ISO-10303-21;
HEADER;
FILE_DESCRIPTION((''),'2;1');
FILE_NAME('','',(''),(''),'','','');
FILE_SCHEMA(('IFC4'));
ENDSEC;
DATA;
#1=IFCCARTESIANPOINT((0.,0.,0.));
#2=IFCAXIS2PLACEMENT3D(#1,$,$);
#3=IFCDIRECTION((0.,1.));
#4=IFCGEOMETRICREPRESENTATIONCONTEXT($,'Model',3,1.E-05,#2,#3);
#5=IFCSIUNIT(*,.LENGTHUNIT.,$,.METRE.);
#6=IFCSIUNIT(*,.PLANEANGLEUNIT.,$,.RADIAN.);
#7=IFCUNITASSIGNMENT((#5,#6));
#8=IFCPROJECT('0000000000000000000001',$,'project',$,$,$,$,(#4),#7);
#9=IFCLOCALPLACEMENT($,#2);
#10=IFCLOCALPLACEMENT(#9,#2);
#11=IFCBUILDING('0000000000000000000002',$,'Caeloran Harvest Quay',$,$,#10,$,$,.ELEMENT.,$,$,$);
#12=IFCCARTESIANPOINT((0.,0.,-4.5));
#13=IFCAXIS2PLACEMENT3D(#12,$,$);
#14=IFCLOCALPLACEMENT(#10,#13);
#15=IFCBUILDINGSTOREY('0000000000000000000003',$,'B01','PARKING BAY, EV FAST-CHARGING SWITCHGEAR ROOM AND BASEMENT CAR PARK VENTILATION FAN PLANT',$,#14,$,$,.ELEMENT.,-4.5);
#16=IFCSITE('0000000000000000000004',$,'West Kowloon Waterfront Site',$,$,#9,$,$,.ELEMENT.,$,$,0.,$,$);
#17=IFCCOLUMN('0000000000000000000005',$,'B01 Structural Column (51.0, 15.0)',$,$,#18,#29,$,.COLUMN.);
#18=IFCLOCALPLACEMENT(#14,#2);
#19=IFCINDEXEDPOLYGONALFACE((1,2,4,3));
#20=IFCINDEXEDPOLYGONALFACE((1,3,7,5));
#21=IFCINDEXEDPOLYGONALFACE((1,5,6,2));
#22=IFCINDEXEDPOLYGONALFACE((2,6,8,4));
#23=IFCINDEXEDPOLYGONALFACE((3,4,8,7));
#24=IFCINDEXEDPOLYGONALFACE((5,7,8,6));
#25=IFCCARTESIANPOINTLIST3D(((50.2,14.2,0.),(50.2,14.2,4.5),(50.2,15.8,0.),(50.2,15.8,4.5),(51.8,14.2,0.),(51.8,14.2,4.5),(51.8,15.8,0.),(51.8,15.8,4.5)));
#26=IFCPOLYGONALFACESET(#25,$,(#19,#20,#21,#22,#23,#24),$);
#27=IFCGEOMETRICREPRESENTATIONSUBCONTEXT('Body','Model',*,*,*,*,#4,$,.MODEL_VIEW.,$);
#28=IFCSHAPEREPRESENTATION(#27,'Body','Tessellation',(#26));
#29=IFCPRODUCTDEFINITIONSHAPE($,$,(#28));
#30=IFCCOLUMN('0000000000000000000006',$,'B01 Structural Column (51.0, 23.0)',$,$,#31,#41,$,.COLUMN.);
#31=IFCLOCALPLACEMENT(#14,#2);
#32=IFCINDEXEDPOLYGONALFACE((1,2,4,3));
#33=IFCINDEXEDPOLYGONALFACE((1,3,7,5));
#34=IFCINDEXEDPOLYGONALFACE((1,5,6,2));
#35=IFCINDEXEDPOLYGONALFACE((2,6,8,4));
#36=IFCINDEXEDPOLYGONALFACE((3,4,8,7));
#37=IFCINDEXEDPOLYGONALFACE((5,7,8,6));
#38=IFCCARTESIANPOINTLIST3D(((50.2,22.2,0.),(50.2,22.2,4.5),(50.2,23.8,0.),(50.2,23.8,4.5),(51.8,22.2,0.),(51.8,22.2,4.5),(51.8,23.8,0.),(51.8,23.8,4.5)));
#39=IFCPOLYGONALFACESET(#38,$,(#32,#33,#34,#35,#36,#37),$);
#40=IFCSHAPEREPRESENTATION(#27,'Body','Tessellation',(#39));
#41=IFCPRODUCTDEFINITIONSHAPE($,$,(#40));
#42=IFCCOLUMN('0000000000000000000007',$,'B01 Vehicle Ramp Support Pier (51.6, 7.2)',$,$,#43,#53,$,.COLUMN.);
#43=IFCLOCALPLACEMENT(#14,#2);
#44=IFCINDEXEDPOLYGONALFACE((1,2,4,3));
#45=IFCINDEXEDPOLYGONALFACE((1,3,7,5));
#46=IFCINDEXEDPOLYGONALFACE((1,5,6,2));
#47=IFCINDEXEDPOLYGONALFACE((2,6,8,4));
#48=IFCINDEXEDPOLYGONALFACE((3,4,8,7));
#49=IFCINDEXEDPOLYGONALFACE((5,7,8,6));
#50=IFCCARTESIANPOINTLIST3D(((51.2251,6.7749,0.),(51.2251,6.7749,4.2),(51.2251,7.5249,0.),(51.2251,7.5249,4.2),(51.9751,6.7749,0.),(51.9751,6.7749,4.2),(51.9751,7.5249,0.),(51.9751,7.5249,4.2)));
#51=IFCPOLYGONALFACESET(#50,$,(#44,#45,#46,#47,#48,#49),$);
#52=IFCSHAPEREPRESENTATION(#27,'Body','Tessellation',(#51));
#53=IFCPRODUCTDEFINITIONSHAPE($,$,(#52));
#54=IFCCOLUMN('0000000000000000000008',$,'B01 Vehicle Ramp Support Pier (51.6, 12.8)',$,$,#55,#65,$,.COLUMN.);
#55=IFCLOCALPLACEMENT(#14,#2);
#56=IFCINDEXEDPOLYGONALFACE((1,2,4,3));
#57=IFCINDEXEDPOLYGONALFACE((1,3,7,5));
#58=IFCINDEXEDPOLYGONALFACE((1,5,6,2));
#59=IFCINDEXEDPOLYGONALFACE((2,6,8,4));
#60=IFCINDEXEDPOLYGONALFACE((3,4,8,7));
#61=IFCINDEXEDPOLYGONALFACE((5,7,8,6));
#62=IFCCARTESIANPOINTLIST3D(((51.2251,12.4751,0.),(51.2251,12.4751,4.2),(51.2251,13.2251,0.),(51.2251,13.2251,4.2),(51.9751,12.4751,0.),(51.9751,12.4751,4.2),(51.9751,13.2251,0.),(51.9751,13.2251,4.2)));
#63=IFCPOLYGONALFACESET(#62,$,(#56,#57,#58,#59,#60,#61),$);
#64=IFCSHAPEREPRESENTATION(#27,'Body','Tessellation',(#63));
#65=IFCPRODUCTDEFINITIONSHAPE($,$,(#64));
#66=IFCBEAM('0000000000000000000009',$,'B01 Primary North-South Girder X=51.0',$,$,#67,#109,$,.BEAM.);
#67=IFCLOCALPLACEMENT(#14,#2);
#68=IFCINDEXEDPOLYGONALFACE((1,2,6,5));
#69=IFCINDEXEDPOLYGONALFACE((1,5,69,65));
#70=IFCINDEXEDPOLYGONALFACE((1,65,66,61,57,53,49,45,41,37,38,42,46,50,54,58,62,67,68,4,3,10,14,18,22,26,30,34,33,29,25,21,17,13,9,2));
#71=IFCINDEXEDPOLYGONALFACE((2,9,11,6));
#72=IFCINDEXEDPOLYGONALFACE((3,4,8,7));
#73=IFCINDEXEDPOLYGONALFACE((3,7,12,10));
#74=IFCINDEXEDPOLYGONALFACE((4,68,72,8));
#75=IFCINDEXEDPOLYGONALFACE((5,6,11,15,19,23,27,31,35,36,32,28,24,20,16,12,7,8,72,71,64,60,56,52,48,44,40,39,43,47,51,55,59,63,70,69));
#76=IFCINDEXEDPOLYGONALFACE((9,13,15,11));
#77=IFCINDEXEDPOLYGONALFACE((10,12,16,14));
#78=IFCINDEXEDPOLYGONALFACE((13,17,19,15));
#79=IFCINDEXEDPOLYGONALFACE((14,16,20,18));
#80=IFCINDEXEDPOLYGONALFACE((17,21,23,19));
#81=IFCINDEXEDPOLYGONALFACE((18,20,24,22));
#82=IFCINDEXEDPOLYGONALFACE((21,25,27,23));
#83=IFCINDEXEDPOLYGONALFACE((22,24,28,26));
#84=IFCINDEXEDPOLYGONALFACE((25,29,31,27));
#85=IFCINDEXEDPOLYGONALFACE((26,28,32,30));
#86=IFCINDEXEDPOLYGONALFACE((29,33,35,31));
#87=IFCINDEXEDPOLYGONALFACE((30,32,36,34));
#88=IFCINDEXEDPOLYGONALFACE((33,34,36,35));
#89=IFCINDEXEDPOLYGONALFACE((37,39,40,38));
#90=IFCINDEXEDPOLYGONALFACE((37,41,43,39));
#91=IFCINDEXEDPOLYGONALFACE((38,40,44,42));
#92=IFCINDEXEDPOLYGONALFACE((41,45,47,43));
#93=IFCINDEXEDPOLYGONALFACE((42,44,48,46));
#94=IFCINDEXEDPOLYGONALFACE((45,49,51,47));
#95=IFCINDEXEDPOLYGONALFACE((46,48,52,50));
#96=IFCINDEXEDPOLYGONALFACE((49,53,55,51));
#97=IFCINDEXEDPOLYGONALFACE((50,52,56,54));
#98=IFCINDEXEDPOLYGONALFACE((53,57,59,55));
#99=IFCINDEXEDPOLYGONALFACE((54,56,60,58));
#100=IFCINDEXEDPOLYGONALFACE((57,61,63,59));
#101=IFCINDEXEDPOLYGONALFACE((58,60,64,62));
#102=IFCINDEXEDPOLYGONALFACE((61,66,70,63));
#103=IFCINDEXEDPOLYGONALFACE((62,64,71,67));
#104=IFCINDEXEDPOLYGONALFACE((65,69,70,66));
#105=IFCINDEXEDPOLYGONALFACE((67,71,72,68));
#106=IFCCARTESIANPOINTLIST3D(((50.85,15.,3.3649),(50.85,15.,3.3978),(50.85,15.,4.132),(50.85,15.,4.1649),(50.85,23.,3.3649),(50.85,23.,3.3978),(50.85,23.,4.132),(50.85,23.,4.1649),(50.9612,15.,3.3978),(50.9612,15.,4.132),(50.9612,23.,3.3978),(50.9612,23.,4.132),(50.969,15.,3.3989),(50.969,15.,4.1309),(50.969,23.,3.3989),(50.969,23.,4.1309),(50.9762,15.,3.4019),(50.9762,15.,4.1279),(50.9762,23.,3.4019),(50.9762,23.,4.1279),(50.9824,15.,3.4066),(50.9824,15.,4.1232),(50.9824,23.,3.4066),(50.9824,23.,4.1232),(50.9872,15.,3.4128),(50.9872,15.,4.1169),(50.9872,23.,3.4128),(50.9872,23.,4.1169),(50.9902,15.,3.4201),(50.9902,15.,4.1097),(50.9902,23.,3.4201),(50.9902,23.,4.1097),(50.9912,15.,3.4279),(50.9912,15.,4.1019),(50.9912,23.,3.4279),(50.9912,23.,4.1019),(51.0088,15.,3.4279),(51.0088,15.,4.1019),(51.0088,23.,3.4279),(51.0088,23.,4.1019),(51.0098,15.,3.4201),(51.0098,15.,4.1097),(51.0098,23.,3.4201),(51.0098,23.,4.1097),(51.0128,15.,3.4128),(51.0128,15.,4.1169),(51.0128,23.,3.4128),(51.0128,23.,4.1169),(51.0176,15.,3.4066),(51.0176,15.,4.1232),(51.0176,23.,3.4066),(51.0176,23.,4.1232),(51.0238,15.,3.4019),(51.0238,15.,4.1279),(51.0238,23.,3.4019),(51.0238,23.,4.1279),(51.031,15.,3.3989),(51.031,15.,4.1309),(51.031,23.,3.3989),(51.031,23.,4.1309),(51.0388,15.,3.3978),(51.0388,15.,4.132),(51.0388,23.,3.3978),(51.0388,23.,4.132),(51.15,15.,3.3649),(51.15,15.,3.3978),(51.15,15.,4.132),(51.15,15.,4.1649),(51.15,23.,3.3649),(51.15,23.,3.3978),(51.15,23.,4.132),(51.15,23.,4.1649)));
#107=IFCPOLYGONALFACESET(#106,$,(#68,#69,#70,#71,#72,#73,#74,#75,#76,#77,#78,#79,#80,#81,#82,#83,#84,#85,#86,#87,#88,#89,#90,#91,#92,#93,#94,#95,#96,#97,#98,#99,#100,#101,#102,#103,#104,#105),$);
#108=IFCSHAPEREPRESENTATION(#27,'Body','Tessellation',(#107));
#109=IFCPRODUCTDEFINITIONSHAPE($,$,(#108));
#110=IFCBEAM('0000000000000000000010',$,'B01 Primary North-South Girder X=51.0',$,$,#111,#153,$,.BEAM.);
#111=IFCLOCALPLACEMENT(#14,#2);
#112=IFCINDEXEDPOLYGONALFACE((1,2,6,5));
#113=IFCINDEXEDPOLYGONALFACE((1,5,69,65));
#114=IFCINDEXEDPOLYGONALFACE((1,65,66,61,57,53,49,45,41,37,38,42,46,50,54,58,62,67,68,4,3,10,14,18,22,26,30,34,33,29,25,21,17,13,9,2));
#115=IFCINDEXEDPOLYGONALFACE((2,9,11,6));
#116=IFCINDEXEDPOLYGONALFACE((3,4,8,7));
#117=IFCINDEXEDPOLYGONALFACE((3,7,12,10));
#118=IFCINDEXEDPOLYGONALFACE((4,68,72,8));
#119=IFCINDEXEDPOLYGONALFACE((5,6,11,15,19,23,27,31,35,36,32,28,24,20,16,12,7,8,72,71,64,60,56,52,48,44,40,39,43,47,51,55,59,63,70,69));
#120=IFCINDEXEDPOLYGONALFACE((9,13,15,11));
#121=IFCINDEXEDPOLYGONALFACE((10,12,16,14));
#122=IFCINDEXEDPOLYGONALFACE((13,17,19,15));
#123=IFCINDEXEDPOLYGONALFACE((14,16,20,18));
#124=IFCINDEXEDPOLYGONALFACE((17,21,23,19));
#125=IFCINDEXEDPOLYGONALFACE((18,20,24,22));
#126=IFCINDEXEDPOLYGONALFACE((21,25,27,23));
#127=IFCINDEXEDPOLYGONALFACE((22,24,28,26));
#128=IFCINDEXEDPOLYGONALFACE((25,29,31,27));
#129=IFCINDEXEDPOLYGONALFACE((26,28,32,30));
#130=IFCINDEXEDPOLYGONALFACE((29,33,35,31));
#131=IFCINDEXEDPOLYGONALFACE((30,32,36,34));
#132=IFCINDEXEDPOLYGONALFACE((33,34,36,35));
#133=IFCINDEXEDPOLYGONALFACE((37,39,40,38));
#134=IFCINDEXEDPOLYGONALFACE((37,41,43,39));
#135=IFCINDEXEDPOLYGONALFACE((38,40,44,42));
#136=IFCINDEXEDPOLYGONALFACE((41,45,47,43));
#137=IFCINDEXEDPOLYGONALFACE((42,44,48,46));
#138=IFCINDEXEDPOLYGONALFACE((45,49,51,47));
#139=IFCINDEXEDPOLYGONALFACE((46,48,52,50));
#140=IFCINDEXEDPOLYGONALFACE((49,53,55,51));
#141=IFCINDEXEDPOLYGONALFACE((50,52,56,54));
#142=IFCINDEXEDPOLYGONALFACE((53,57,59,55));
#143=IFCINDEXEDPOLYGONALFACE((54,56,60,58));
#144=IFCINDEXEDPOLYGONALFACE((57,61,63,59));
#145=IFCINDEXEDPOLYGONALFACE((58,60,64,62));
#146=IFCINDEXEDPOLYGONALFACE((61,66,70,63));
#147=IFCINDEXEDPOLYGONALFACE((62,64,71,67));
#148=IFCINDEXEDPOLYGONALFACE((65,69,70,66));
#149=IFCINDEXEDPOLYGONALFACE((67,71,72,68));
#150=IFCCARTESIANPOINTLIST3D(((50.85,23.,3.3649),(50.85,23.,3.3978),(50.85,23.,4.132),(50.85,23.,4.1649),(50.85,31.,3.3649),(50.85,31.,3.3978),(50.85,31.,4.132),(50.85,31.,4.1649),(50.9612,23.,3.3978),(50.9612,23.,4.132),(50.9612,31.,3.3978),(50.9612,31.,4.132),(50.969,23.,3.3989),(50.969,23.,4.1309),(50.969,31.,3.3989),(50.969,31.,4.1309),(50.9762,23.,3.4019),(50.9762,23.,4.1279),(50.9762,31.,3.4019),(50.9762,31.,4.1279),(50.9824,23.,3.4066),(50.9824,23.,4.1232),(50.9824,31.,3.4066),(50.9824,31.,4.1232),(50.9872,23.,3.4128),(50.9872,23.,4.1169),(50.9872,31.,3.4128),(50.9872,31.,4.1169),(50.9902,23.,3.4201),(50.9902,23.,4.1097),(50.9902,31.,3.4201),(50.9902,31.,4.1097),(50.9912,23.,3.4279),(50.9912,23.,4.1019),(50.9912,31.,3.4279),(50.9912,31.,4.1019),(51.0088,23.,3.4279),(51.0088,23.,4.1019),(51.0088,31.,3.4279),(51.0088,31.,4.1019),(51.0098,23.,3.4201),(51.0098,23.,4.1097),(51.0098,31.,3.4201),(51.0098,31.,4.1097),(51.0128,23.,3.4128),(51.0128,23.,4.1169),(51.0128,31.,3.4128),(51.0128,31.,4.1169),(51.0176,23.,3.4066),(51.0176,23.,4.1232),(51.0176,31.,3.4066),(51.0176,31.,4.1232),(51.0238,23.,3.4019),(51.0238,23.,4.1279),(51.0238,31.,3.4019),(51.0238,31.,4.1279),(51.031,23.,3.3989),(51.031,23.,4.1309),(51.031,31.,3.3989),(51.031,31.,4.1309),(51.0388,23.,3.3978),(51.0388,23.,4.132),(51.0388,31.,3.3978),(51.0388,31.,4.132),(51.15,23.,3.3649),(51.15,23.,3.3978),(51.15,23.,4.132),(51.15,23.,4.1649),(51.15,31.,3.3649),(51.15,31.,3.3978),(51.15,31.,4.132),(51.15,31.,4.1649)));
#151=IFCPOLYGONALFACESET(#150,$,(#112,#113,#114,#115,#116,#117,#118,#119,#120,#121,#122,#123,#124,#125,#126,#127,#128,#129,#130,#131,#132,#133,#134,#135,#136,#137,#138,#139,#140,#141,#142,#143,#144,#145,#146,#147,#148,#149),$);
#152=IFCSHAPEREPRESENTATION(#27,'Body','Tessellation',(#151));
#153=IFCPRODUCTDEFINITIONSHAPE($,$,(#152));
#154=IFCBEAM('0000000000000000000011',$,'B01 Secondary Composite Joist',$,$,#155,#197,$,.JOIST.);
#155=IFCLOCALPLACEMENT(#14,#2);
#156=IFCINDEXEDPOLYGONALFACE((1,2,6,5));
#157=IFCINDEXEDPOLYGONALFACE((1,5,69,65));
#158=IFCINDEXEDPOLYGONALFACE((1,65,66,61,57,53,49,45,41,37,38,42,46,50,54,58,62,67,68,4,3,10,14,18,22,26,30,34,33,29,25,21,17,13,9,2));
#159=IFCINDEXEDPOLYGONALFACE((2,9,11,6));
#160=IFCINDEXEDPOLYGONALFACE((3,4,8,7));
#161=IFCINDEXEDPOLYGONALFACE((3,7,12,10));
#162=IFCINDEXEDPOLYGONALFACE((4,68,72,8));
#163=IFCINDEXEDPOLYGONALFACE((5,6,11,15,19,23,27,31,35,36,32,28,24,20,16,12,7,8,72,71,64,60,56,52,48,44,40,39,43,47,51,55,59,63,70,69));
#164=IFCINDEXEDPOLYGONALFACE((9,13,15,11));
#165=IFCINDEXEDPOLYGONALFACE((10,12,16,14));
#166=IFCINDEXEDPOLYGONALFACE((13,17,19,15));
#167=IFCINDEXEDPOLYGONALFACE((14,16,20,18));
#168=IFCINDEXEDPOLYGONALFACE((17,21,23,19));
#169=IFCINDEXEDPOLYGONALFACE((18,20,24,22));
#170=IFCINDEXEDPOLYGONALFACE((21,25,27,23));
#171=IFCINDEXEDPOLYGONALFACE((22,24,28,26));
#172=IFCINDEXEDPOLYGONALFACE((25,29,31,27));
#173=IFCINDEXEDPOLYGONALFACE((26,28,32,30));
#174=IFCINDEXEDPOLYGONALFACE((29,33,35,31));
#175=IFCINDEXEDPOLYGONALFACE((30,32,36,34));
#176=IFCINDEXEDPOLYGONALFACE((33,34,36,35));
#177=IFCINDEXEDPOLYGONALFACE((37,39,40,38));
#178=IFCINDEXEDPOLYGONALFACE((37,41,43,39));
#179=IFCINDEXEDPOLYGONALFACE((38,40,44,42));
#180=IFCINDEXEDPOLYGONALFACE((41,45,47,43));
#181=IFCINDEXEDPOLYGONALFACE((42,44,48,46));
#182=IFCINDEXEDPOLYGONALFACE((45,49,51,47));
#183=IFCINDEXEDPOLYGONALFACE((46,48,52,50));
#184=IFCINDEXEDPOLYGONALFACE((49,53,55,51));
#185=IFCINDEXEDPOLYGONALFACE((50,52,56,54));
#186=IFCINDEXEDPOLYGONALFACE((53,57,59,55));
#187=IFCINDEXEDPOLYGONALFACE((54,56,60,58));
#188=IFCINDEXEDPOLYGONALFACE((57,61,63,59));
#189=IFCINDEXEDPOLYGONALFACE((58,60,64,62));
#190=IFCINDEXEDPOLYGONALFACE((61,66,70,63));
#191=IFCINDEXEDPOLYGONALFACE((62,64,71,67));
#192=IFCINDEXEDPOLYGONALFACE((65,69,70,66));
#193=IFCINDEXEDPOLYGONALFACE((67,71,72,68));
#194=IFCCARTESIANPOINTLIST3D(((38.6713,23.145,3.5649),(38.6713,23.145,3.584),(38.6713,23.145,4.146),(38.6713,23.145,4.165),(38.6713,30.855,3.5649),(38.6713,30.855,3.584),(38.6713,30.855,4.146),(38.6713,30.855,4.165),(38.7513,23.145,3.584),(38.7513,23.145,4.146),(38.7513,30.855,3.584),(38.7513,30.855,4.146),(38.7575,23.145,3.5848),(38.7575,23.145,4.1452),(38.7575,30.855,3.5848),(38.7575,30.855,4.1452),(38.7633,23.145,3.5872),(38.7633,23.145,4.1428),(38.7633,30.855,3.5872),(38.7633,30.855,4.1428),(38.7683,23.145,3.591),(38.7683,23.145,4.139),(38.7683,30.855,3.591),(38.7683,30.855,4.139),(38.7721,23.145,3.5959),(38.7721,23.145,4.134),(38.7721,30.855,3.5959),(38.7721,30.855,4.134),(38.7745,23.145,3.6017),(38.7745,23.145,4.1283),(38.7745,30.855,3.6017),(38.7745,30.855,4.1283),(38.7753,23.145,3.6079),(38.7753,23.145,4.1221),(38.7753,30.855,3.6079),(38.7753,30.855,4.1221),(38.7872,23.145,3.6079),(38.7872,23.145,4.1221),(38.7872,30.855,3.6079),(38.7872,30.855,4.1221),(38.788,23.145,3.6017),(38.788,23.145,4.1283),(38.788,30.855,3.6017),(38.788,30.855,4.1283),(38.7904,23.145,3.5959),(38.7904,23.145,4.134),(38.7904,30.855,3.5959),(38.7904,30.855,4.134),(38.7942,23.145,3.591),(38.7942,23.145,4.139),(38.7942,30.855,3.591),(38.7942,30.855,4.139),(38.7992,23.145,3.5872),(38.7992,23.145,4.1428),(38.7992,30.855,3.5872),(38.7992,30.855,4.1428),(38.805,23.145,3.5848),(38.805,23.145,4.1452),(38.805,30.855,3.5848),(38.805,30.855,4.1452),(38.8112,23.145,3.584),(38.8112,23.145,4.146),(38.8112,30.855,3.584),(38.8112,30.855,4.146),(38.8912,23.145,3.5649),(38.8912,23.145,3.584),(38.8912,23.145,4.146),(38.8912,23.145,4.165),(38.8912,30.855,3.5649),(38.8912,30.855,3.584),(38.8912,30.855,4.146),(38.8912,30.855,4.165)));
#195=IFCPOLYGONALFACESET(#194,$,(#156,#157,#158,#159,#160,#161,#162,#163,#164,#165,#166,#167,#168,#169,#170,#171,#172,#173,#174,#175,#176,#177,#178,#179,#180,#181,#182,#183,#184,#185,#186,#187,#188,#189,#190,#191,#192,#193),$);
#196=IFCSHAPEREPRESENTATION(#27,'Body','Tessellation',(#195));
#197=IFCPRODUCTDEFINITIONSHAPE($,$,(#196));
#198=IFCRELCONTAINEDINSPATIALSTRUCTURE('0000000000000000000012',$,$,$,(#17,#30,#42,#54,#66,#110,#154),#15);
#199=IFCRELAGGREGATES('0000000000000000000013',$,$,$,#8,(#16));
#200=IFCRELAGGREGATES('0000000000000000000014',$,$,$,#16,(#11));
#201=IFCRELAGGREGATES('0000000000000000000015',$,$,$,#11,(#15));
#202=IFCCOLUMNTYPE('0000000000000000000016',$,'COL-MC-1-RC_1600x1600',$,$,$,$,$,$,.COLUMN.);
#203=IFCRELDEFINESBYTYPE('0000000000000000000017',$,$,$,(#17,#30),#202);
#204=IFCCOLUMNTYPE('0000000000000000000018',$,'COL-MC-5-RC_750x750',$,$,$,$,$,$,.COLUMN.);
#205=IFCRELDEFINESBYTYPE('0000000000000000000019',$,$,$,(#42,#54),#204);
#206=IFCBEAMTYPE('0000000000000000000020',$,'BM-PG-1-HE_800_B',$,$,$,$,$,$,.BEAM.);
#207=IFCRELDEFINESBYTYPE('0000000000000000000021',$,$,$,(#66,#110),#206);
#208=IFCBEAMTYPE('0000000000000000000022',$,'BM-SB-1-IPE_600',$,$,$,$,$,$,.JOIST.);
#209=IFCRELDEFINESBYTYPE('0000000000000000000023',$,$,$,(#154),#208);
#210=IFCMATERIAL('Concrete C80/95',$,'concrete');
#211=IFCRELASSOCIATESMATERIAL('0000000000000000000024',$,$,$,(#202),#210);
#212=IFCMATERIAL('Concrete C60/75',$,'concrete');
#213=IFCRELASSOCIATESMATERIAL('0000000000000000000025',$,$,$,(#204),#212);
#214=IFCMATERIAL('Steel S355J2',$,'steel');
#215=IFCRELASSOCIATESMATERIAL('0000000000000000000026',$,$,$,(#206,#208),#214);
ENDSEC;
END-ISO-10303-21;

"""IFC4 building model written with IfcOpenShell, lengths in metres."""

from ifc_helpers import new_model, si_unit, direction, frame, origin, origin_2d, place, context, subcontext, project, spatial, rectangle, i_section, extrude, material, material_profile, profile_set, type_object, element, save


model = new_model("IFC4")

# Units and contexts
model_context = context("Model", 3, precision=1e-05, world=origin(), true_north=direction((0.0, 1.0)))
body_context = subcontext(model_context, "Body", "Model", "MODEL_VIEW")
ifc_project = project(units=[si_unit("LENGTHUNIT", "METRE"), si_unit("PLANEANGLEUNIT", "RADIAN")], contexts=[model_context])

# Site, building, storey
site_placement = place(None, origin())
site = spatial("IfcSite", under=ifc_project, at=site_placement, Name="West Kowloon Waterfront Site", CompositionType="ELEMENT", RefElevation=0.0)
building_placement = place(site_placement, origin())
building = spatial("IfcBuilding", under=site, at=building_placement, Name="Caeloran Harvest Quay", CompositionType="ELEMENT")
storey_placement = place(building_placement, frame((0.0, 0.0, -4.5)))
storey = spatial("IfcBuildingStorey", under=building, at=storey_placement, Name="B01", Description="PARKING BAY, EV FAST-CHARGING SWITCHGEAR ROOM AND BASEMENT CAR PARK VENTILATION FAN PLANT", CompositionType="ELEMENT", Elevation=-4.5)

# Columns
ifc_material_1 = material(Name="Concrete C80/95", Category="concrete")
ifc_material_profile_1 = material_profile(ifc_material_1, rectangle(XDim=1.6001, YDim=1.6001, at=origin_2d()), Name="RC 1600x1600")
ifc_profile_set_1 = profile_set([ifc_material_profile_1], Name="Concrete C80/95")
column_type_1 = type_object("IfcColumnType", Name="COL-MC-1-RC_1600x1600", PredefinedType="COLUMN", material=ifc_profile_set_1)
for number, where, z_axis, x_axis, name in (
    (1, (51.0, 15.0, 0.0), (0.0, 0.0, 1.0), (1.0, 0.0, 0.0), "B01 Structural Column (51.0, 15.0)"),
    (2, (51.0, 23.0, 0.0), (0.0, 0.0, 1.0), (1.0, 0.0, 0.0), "B01 Structural Column (51.0, 23.0)"),
):
    element("IfcColumn", number, at=place(storey_placement, frame(where, z_axis=z_axis, x_axis=x_axis)), inside=storey, type_object=column_type_1, Name=name, PredefinedType="COLUMN", context=body_context, shape_type="SweptSolid", body=[
        extrude(rectangle(XDim=1.6001, YDim=1.6001, at=origin_2d()), origin(), (0.0, 0.0, 1.0), 4.5),
    ])
ifc_material_2 = material(Name="Concrete C60/75", Category="concrete")
ifc_material_profile_2 = material_profile(ifc_material_2, rectangle(XDim=0.75, YDim=0.75, at=origin_2d()), Name="RC 750x750")
ifc_profile_set_2 = profile_set([ifc_material_profile_2], Name="Concrete C60/75")
column_type_2 = type_object("IfcColumnType", Name="COL-MC-5-RC_750x750", PredefinedType="COLUMN", material=ifc_profile_set_2)
for number, where, z_axis, x_axis, name in (
    (3, (51.6001, 7.1499, 0.0), (0.0, 0.0, 1.0), (1.0, 0.0, 0.0), "B01 Vehicle Ramp Support Pier (51.6, 7.2)"),
    (4, (51.6001, 12.8501, 0.0), (0.0, 0.0, 1.0), (1.0, 0.0, 0.0), "B01 Vehicle Ramp Support Pier (51.6, 12.8)"),
):
    element("IfcColumn", number, at=place(storey_placement, frame(where, z_axis=z_axis, x_axis=x_axis)), inside=storey, type_object=column_type_2, Name=name, PredefinedType="COLUMN", context=body_context, shape_type="SweptSolid", body=[
        extrude(rectangle(XDim=0.75, YDim=0.75, at=origin_2d()), origin(), (0.0, 0.0, 1.0), 4.2),
    ])

# Beams
ifc_material_3 = material(Name="Steel S355J2", Category="steel")
ifc_material_profile_3 = material_profile(ifc_material_3, i_section(OverallWidth=0.3, OverallDepth=0.8, WebThickness=0.0176, FlangeThickness=0.033, FilletRadius=0.03, at=origin_2d()), Name="HE 800 B")
ifc_profile_set_3 = profile_set([ifc_material_profile_3], Name="Steel S355J2")
beam_type_1 = type_object("IfcBeamType", Name="BM-PG-1-HE_800_B", PredefinedType="BEAM", material=ifc_profile_set_3)
for number, where, z_axis, x_axis, name in (
    (5, (51.0, 15.0, 3.7649), (0.0, 1.0, 0.0), (-1.0, 0.0, 0.0), "B01 Primary North-South Girder X=51.0"),
    (6, (51.0, 23.0, 3.7649), (0.0, 1.0, 0.0), (-1.0, 0.0, 0.0), "B01 Primary North-South Girder X=51.0"),
):
    element("IfcBeam", number, at=place(storey_placement, frame(where, z_axis=z_axis, x_axis=x_axis)), inside=storey, type_object=beam_type_1, Name=name, PredefinedType="BEAM", context=body_context, shape_type="SweptSolid", body=[
        extrude(i_section(OverallWidth=0.3, OverallDepth=0.8, WebThickness=0.0176, FlangeThickness=0.033, FilletRadius=0.03, at=origin_2d()), origin(), (0.0, 0.0, 1.0), 8.0),
    ])
ifc_material_profile_4 = material_profile(ifc_material_3, i_section(OverallWidth=0.22, OverallDepth=0.6001, WebThickness=0.012, FlangeThickness=0.019, FilletRadius=0.0239, at=origin_2d()), Name="IPE 600")
ifc_profile_set_4 = profile_set([ifc_material_profile_4], Name="Steel S355J2")
beam_type_2 = type_object("IfcBeamType", Name="BM-SB-1-IPE_600", PredefinedType="JOIST", material=ifc_profile_set_4)
for number, where, z_axis, x_axis, name in (
    (7, (38.7812, 23.145, 3.865), (0.0, 1.0, 0.0), (-1.0, 0.0, 0.0), "B01 Secondary Composite Joist"),
):
    element("IfcBeam", number, at=place(storey_placement, frame(where, z_axis=z_axis, x_axis=x_axis)), inside=storey, type_object=beam_type_2, Name=name, PredefinedType="JOIST", context=body_context, shape_type="SweptSolid", body=[
        extrude(i_section(OverallWidth=0.22, OverallDepth=0.6001, WebThickness=0.012, FlangeThickness=0.019, FilletRadius=0.0239, at=origin_2d()), origin(), (0.0, 0.0, 1.0), 7.71),
    ])

save(model, "model.ifc")
